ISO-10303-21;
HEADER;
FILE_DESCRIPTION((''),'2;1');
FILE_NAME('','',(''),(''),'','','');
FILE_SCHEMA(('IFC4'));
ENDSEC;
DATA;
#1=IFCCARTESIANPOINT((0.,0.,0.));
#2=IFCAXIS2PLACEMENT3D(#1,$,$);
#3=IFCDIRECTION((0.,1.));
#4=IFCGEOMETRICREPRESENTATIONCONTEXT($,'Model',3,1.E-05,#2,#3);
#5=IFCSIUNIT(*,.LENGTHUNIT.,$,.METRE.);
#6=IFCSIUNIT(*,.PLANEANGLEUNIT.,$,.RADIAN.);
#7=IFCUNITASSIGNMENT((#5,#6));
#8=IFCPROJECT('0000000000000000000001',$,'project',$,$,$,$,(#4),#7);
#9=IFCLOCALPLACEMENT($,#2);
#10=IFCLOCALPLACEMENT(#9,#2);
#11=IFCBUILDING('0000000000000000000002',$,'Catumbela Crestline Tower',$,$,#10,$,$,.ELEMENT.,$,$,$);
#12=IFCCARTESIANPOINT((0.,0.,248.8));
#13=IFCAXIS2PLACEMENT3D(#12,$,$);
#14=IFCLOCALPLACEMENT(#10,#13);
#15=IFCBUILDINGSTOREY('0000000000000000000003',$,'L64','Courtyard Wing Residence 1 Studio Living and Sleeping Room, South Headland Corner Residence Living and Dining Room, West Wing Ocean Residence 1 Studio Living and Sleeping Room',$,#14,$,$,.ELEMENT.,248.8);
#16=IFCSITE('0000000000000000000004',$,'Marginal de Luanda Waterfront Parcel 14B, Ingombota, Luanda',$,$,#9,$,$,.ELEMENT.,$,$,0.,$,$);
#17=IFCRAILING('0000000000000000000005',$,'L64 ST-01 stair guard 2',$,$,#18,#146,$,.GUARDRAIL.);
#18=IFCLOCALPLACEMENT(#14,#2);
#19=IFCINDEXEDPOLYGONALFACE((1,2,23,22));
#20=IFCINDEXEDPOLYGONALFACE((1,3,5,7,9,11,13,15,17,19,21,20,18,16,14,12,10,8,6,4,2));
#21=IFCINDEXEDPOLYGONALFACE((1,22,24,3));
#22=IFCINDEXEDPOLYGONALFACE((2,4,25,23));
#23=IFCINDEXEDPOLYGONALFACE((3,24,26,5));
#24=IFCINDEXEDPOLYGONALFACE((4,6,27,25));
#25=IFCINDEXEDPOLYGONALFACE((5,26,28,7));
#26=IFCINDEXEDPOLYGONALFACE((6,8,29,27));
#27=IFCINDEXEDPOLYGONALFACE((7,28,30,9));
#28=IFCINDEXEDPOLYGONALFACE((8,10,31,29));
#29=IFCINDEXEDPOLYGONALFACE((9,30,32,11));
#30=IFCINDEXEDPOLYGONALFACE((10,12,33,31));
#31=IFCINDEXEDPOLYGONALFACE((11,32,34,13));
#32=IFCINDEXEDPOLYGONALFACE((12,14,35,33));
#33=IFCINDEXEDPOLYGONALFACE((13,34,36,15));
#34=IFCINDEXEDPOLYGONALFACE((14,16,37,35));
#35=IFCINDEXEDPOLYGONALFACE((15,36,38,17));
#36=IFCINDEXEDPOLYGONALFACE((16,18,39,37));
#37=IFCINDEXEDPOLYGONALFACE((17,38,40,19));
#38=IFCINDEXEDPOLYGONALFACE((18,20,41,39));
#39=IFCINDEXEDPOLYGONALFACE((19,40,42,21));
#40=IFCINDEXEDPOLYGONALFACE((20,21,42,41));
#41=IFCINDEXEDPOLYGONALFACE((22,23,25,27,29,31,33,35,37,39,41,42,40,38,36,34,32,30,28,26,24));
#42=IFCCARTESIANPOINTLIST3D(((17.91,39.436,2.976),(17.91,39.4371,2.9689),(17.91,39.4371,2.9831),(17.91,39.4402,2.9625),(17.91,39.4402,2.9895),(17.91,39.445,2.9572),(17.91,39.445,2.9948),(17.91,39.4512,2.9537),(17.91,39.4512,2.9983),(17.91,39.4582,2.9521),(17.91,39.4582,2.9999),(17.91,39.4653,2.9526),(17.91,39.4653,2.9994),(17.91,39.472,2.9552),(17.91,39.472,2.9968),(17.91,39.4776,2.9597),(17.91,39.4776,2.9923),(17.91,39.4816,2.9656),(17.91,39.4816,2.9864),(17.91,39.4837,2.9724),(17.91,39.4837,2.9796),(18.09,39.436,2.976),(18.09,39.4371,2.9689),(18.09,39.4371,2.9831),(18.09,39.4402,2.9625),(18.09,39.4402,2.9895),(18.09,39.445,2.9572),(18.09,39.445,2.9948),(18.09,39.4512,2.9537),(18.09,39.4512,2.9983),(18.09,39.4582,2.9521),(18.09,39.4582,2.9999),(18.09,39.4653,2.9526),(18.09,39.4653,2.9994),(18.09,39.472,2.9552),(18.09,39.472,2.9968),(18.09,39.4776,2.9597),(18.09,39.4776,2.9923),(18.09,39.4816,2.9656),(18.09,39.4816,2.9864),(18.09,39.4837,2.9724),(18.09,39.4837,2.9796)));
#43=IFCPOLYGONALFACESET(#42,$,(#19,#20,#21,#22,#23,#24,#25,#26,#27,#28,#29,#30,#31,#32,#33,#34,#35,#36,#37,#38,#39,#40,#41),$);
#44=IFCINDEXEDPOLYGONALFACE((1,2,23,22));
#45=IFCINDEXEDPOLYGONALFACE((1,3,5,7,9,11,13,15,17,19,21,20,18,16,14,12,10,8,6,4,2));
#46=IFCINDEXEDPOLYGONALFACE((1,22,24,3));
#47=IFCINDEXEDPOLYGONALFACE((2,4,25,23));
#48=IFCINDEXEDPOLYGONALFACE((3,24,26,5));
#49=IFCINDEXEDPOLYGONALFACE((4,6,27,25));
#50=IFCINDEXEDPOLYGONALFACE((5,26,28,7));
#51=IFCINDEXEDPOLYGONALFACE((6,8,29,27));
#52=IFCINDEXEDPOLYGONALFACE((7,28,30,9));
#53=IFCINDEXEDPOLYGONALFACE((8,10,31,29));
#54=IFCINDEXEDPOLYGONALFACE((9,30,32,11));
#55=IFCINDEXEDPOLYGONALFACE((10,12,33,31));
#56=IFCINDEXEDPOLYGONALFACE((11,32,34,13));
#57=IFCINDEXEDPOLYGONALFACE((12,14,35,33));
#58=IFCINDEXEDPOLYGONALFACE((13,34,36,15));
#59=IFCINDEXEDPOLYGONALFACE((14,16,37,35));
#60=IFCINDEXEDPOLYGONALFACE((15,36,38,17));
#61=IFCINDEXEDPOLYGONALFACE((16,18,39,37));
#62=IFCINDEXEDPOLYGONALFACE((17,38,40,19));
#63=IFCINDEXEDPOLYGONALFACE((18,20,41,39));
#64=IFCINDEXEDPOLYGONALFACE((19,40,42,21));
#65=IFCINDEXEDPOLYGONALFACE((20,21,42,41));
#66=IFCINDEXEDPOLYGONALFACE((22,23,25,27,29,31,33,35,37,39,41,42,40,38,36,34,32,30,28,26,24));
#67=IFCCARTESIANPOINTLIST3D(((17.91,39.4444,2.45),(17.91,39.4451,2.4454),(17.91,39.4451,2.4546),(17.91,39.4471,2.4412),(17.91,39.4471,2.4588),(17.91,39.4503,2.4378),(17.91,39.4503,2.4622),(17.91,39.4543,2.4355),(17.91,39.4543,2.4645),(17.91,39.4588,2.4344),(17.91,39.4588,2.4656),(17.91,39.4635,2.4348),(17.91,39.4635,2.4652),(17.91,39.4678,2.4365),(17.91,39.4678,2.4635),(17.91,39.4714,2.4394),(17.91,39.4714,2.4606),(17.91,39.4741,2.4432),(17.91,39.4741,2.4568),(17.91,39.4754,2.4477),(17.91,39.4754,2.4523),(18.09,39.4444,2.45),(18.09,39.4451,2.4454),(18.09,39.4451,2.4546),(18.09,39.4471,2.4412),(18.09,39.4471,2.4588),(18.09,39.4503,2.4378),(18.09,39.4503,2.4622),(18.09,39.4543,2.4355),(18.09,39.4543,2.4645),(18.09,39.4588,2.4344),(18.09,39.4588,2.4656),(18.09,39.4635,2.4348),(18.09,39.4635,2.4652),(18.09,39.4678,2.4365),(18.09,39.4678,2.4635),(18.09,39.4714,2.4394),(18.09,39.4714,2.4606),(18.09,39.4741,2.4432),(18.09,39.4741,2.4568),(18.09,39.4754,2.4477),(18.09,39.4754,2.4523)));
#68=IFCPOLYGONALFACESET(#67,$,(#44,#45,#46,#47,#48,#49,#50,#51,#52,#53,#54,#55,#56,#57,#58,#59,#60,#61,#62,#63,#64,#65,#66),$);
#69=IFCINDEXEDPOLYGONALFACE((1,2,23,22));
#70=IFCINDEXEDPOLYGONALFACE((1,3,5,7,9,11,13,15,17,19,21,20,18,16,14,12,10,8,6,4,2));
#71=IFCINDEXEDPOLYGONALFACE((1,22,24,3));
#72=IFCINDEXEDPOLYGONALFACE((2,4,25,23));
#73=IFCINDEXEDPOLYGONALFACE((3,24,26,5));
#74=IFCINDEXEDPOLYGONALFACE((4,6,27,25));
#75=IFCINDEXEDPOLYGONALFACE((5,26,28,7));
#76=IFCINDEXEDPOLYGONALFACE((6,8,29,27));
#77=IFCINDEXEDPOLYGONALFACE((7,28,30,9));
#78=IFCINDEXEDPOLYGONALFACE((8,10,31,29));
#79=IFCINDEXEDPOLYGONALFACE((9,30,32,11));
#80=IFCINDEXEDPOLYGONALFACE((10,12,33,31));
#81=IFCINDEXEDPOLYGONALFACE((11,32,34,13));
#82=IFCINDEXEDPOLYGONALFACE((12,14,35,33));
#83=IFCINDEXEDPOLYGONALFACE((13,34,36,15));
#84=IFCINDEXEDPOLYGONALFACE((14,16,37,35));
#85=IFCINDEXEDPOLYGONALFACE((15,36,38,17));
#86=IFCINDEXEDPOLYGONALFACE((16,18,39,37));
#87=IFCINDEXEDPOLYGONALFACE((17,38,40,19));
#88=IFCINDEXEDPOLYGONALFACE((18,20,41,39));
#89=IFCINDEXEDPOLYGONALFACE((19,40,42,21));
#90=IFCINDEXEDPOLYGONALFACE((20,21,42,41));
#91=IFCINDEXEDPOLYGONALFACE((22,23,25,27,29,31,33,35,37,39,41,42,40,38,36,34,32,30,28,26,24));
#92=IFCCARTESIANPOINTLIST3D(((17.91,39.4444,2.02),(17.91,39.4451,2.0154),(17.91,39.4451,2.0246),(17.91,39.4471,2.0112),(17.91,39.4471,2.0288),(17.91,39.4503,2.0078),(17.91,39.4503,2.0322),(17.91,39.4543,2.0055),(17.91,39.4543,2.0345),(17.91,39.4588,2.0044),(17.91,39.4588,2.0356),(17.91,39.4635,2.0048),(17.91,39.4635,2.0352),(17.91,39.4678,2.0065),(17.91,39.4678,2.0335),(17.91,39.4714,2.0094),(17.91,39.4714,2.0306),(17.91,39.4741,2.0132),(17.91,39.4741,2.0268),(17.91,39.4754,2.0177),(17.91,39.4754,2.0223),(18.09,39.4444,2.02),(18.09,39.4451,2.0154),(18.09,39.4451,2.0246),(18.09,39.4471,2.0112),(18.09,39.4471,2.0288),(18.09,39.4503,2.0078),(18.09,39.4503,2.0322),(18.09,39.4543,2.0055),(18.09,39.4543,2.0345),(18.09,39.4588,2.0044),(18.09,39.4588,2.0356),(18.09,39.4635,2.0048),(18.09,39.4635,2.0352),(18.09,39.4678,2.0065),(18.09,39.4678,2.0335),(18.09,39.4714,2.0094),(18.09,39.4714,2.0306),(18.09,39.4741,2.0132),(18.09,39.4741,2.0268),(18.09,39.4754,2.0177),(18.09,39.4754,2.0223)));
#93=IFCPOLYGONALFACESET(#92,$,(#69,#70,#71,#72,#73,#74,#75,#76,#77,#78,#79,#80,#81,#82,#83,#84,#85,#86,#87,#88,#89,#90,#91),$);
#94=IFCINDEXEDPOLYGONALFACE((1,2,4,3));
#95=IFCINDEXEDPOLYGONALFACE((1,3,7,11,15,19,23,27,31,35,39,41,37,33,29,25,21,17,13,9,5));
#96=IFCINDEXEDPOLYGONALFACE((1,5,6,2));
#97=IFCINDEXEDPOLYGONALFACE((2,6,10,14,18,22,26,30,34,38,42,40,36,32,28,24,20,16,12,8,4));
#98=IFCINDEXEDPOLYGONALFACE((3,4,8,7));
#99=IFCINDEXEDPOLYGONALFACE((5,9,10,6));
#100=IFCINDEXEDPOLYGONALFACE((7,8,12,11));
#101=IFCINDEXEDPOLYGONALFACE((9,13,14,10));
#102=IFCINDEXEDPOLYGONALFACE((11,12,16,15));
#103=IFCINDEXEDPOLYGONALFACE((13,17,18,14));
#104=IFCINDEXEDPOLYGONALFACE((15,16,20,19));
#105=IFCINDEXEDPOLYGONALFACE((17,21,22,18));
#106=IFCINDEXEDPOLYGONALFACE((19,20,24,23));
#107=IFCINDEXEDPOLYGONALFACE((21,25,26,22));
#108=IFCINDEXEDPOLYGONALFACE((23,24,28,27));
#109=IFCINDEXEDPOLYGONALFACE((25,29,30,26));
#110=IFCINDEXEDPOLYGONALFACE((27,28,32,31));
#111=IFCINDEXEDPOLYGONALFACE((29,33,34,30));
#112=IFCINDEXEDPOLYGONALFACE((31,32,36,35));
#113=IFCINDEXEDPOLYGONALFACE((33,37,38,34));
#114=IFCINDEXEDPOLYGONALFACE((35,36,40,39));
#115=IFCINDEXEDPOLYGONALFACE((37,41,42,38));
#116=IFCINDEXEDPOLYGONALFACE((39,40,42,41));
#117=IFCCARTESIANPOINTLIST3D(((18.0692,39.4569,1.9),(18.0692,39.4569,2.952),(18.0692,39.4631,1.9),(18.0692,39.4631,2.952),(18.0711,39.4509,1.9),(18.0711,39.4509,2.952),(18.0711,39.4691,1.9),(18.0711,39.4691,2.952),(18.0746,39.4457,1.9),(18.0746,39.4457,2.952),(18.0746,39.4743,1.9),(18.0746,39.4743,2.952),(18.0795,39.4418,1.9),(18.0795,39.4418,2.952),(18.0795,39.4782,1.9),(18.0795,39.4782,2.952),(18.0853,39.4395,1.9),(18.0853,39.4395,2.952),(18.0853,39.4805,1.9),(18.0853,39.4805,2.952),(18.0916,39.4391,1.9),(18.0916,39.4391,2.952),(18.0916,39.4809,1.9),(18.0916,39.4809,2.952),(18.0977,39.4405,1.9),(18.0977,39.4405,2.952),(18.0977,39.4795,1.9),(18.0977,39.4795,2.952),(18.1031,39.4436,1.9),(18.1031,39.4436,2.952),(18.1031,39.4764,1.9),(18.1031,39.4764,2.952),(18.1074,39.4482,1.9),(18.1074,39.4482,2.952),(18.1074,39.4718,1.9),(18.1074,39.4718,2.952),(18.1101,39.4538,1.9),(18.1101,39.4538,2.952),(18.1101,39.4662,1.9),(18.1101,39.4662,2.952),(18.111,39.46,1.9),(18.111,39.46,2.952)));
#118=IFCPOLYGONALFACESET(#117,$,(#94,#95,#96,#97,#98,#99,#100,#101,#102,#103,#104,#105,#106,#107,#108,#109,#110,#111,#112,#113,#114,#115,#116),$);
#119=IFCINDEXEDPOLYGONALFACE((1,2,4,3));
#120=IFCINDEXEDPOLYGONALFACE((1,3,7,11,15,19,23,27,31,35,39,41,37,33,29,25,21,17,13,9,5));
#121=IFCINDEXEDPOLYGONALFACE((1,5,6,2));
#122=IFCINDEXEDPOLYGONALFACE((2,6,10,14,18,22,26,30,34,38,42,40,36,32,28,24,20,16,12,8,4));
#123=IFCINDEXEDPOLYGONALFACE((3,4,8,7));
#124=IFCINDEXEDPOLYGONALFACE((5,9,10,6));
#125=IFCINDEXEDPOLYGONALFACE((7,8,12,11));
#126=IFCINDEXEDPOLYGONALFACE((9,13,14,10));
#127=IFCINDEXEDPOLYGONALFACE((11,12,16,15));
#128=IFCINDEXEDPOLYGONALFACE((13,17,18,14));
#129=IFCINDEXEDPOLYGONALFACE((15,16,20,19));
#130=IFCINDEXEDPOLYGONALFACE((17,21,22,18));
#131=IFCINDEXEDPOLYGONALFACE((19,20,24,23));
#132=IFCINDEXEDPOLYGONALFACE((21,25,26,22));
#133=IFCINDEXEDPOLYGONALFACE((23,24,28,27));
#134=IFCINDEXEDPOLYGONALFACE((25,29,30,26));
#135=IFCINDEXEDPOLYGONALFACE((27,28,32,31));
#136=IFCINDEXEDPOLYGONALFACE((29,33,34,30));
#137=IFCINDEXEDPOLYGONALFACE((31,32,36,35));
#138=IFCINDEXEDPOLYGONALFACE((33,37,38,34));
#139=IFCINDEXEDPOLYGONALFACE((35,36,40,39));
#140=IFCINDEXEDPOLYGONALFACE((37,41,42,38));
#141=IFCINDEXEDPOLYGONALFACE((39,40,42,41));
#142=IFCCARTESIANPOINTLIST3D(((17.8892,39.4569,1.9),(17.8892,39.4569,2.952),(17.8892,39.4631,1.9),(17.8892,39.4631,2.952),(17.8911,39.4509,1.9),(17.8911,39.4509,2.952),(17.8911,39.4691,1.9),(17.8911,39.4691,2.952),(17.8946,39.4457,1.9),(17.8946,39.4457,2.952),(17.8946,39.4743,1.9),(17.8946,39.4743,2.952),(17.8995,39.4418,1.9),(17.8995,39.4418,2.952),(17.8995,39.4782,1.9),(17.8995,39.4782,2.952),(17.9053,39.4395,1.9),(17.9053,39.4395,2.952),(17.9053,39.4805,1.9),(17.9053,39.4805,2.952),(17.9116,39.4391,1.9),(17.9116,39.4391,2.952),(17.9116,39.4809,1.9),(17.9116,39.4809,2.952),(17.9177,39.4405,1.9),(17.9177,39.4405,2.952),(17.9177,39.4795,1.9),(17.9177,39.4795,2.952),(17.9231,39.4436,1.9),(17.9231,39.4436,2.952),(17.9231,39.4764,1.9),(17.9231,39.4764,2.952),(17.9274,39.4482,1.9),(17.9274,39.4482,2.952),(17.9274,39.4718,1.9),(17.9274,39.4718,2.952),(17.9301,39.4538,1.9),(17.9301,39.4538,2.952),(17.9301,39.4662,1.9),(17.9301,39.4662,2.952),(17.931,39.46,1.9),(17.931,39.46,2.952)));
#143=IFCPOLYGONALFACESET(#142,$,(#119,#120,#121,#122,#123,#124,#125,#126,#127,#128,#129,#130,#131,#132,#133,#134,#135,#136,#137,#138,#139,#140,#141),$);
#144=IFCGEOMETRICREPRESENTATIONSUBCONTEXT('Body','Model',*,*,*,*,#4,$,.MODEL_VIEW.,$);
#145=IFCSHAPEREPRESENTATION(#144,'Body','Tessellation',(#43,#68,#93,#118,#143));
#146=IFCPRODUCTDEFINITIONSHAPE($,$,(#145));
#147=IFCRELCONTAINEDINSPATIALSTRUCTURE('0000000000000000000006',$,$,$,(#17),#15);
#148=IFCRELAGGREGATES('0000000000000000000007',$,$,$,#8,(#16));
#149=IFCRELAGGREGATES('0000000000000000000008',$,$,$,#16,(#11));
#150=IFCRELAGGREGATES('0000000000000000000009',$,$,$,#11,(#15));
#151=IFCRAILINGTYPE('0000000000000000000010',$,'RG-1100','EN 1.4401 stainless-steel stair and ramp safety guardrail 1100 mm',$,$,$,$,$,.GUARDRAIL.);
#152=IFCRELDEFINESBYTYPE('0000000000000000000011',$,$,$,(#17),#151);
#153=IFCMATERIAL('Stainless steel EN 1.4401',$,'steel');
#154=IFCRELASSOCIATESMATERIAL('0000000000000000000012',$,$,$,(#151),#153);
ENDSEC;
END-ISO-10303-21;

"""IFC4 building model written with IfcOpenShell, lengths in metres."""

from ifc_helpers import new_model, si_unit, direction, frame, origin, origin_2d, place, context, subcontext, project, spatial, circle, extrude, material, type_object, element, save


model = new_model("IFC4")

# Units and contexts
model_context = context("Model", 3, precision=1e-05, world=origin(), true_north=direction((0.0, 1.0)))
body_context = subcontext(model_context, "Body", "Model", "MODEL_VIEW")
ifc_project = project(units=[si_unit("LENGTHUNIT", "METRE"), si_unit("PLANEANGLEUNIT", "RADIAN")], contexts=[model_context])

# Site, building, storey
site_placement = place(None, origin())
site = spatial("IfcSite", under=ifc_project, at=site_placement, Name="Marginal de Luanda Waterfront Parcel 14B, Ingombota, Luanda", CompositionType="ELEMENT", RefElevation=0.0)
building_placement = place(site_placement, origin())
building = spatial("IfcBuilding", under=site, at=building_placement, Name="Catumbela Crestline Tower", CompositionType="ELEMENT")
storey_placement = place(building_placement, frame((0.0, 0.0, 248.8)))
storey = spatial("IfcBuildingStorey", under=building, at=storey_placement, Name="L64", Description="Courtyard Wing Residence 1 Studio Living and Sleeping Room, South Headland Corner Residence Living and Dining Room, West Wing Ocean Residence 1 Studio Living and Sleeping Room", CompositionType="ELEMENT", Elevation=248.8)

# Shared definitions
ifc_material_1 = material(Name="Stainless steel EN 1.4401", Category="steel")

# Railing
railing_type_1 = type_object("IfcRailingType", Name="RG-1100", Description="EN 1.4401 stainless-steel stair and ramp safety guardrail 1100 mm", PredefinedType="GUARDRAIL", material=ifc_material_1)
railing_1_placement = place(storey_placement, frame((18.09, 39.46, 1.9)))
element("IfcRailing", 1, at=railing_1_placement, inside=storey, type_object=railing_type_1, Name="L64 ST-01 stair guard 2", PredefinedType="GUARDRAIL", context=body_context, shape_type="SweptSolid", body=[
    extrude(circle(Radius=0.024, at=origin_2d()), frame((0.0, 0.0, 1.076), z_axis=(-1.0, 0.0, 0.0), x_axis=(0.0, -1.0, 0.0)), (0.0, 0.0, 1.0), 0.18),
    extrude(circle(Radius=0.0156, at=origin_2d()), frame((0.0, 0.0, 0.55), z_axis=(-1.0, 0.0, 0.0), x_axis=(0.0, -1.0, 0.0)), (0.0, 0.0, 1.0), 0.18),
    extrude(circle(Radius=0.0156, at=origin_2d()), frame((0.0, 0.0, 0.12), z_axis=(-1.0, 0.0, 0.0), x_axis=(0.0, -1.0, 0.0)), (0.0, 0.0, 1.0), 0.18),
    extrude(circle(Radius=0.021, at=origin_2d()), origin(), (0.0, 0.0, 1.0), 1.052),
    extrude(circle(Radius=0.021, at=origin_2d()), frame((-0.18, 0.0, 0.0)), (0.0, 0.0, 1.0), 1.052),
])

save(model, "model.ifc")
